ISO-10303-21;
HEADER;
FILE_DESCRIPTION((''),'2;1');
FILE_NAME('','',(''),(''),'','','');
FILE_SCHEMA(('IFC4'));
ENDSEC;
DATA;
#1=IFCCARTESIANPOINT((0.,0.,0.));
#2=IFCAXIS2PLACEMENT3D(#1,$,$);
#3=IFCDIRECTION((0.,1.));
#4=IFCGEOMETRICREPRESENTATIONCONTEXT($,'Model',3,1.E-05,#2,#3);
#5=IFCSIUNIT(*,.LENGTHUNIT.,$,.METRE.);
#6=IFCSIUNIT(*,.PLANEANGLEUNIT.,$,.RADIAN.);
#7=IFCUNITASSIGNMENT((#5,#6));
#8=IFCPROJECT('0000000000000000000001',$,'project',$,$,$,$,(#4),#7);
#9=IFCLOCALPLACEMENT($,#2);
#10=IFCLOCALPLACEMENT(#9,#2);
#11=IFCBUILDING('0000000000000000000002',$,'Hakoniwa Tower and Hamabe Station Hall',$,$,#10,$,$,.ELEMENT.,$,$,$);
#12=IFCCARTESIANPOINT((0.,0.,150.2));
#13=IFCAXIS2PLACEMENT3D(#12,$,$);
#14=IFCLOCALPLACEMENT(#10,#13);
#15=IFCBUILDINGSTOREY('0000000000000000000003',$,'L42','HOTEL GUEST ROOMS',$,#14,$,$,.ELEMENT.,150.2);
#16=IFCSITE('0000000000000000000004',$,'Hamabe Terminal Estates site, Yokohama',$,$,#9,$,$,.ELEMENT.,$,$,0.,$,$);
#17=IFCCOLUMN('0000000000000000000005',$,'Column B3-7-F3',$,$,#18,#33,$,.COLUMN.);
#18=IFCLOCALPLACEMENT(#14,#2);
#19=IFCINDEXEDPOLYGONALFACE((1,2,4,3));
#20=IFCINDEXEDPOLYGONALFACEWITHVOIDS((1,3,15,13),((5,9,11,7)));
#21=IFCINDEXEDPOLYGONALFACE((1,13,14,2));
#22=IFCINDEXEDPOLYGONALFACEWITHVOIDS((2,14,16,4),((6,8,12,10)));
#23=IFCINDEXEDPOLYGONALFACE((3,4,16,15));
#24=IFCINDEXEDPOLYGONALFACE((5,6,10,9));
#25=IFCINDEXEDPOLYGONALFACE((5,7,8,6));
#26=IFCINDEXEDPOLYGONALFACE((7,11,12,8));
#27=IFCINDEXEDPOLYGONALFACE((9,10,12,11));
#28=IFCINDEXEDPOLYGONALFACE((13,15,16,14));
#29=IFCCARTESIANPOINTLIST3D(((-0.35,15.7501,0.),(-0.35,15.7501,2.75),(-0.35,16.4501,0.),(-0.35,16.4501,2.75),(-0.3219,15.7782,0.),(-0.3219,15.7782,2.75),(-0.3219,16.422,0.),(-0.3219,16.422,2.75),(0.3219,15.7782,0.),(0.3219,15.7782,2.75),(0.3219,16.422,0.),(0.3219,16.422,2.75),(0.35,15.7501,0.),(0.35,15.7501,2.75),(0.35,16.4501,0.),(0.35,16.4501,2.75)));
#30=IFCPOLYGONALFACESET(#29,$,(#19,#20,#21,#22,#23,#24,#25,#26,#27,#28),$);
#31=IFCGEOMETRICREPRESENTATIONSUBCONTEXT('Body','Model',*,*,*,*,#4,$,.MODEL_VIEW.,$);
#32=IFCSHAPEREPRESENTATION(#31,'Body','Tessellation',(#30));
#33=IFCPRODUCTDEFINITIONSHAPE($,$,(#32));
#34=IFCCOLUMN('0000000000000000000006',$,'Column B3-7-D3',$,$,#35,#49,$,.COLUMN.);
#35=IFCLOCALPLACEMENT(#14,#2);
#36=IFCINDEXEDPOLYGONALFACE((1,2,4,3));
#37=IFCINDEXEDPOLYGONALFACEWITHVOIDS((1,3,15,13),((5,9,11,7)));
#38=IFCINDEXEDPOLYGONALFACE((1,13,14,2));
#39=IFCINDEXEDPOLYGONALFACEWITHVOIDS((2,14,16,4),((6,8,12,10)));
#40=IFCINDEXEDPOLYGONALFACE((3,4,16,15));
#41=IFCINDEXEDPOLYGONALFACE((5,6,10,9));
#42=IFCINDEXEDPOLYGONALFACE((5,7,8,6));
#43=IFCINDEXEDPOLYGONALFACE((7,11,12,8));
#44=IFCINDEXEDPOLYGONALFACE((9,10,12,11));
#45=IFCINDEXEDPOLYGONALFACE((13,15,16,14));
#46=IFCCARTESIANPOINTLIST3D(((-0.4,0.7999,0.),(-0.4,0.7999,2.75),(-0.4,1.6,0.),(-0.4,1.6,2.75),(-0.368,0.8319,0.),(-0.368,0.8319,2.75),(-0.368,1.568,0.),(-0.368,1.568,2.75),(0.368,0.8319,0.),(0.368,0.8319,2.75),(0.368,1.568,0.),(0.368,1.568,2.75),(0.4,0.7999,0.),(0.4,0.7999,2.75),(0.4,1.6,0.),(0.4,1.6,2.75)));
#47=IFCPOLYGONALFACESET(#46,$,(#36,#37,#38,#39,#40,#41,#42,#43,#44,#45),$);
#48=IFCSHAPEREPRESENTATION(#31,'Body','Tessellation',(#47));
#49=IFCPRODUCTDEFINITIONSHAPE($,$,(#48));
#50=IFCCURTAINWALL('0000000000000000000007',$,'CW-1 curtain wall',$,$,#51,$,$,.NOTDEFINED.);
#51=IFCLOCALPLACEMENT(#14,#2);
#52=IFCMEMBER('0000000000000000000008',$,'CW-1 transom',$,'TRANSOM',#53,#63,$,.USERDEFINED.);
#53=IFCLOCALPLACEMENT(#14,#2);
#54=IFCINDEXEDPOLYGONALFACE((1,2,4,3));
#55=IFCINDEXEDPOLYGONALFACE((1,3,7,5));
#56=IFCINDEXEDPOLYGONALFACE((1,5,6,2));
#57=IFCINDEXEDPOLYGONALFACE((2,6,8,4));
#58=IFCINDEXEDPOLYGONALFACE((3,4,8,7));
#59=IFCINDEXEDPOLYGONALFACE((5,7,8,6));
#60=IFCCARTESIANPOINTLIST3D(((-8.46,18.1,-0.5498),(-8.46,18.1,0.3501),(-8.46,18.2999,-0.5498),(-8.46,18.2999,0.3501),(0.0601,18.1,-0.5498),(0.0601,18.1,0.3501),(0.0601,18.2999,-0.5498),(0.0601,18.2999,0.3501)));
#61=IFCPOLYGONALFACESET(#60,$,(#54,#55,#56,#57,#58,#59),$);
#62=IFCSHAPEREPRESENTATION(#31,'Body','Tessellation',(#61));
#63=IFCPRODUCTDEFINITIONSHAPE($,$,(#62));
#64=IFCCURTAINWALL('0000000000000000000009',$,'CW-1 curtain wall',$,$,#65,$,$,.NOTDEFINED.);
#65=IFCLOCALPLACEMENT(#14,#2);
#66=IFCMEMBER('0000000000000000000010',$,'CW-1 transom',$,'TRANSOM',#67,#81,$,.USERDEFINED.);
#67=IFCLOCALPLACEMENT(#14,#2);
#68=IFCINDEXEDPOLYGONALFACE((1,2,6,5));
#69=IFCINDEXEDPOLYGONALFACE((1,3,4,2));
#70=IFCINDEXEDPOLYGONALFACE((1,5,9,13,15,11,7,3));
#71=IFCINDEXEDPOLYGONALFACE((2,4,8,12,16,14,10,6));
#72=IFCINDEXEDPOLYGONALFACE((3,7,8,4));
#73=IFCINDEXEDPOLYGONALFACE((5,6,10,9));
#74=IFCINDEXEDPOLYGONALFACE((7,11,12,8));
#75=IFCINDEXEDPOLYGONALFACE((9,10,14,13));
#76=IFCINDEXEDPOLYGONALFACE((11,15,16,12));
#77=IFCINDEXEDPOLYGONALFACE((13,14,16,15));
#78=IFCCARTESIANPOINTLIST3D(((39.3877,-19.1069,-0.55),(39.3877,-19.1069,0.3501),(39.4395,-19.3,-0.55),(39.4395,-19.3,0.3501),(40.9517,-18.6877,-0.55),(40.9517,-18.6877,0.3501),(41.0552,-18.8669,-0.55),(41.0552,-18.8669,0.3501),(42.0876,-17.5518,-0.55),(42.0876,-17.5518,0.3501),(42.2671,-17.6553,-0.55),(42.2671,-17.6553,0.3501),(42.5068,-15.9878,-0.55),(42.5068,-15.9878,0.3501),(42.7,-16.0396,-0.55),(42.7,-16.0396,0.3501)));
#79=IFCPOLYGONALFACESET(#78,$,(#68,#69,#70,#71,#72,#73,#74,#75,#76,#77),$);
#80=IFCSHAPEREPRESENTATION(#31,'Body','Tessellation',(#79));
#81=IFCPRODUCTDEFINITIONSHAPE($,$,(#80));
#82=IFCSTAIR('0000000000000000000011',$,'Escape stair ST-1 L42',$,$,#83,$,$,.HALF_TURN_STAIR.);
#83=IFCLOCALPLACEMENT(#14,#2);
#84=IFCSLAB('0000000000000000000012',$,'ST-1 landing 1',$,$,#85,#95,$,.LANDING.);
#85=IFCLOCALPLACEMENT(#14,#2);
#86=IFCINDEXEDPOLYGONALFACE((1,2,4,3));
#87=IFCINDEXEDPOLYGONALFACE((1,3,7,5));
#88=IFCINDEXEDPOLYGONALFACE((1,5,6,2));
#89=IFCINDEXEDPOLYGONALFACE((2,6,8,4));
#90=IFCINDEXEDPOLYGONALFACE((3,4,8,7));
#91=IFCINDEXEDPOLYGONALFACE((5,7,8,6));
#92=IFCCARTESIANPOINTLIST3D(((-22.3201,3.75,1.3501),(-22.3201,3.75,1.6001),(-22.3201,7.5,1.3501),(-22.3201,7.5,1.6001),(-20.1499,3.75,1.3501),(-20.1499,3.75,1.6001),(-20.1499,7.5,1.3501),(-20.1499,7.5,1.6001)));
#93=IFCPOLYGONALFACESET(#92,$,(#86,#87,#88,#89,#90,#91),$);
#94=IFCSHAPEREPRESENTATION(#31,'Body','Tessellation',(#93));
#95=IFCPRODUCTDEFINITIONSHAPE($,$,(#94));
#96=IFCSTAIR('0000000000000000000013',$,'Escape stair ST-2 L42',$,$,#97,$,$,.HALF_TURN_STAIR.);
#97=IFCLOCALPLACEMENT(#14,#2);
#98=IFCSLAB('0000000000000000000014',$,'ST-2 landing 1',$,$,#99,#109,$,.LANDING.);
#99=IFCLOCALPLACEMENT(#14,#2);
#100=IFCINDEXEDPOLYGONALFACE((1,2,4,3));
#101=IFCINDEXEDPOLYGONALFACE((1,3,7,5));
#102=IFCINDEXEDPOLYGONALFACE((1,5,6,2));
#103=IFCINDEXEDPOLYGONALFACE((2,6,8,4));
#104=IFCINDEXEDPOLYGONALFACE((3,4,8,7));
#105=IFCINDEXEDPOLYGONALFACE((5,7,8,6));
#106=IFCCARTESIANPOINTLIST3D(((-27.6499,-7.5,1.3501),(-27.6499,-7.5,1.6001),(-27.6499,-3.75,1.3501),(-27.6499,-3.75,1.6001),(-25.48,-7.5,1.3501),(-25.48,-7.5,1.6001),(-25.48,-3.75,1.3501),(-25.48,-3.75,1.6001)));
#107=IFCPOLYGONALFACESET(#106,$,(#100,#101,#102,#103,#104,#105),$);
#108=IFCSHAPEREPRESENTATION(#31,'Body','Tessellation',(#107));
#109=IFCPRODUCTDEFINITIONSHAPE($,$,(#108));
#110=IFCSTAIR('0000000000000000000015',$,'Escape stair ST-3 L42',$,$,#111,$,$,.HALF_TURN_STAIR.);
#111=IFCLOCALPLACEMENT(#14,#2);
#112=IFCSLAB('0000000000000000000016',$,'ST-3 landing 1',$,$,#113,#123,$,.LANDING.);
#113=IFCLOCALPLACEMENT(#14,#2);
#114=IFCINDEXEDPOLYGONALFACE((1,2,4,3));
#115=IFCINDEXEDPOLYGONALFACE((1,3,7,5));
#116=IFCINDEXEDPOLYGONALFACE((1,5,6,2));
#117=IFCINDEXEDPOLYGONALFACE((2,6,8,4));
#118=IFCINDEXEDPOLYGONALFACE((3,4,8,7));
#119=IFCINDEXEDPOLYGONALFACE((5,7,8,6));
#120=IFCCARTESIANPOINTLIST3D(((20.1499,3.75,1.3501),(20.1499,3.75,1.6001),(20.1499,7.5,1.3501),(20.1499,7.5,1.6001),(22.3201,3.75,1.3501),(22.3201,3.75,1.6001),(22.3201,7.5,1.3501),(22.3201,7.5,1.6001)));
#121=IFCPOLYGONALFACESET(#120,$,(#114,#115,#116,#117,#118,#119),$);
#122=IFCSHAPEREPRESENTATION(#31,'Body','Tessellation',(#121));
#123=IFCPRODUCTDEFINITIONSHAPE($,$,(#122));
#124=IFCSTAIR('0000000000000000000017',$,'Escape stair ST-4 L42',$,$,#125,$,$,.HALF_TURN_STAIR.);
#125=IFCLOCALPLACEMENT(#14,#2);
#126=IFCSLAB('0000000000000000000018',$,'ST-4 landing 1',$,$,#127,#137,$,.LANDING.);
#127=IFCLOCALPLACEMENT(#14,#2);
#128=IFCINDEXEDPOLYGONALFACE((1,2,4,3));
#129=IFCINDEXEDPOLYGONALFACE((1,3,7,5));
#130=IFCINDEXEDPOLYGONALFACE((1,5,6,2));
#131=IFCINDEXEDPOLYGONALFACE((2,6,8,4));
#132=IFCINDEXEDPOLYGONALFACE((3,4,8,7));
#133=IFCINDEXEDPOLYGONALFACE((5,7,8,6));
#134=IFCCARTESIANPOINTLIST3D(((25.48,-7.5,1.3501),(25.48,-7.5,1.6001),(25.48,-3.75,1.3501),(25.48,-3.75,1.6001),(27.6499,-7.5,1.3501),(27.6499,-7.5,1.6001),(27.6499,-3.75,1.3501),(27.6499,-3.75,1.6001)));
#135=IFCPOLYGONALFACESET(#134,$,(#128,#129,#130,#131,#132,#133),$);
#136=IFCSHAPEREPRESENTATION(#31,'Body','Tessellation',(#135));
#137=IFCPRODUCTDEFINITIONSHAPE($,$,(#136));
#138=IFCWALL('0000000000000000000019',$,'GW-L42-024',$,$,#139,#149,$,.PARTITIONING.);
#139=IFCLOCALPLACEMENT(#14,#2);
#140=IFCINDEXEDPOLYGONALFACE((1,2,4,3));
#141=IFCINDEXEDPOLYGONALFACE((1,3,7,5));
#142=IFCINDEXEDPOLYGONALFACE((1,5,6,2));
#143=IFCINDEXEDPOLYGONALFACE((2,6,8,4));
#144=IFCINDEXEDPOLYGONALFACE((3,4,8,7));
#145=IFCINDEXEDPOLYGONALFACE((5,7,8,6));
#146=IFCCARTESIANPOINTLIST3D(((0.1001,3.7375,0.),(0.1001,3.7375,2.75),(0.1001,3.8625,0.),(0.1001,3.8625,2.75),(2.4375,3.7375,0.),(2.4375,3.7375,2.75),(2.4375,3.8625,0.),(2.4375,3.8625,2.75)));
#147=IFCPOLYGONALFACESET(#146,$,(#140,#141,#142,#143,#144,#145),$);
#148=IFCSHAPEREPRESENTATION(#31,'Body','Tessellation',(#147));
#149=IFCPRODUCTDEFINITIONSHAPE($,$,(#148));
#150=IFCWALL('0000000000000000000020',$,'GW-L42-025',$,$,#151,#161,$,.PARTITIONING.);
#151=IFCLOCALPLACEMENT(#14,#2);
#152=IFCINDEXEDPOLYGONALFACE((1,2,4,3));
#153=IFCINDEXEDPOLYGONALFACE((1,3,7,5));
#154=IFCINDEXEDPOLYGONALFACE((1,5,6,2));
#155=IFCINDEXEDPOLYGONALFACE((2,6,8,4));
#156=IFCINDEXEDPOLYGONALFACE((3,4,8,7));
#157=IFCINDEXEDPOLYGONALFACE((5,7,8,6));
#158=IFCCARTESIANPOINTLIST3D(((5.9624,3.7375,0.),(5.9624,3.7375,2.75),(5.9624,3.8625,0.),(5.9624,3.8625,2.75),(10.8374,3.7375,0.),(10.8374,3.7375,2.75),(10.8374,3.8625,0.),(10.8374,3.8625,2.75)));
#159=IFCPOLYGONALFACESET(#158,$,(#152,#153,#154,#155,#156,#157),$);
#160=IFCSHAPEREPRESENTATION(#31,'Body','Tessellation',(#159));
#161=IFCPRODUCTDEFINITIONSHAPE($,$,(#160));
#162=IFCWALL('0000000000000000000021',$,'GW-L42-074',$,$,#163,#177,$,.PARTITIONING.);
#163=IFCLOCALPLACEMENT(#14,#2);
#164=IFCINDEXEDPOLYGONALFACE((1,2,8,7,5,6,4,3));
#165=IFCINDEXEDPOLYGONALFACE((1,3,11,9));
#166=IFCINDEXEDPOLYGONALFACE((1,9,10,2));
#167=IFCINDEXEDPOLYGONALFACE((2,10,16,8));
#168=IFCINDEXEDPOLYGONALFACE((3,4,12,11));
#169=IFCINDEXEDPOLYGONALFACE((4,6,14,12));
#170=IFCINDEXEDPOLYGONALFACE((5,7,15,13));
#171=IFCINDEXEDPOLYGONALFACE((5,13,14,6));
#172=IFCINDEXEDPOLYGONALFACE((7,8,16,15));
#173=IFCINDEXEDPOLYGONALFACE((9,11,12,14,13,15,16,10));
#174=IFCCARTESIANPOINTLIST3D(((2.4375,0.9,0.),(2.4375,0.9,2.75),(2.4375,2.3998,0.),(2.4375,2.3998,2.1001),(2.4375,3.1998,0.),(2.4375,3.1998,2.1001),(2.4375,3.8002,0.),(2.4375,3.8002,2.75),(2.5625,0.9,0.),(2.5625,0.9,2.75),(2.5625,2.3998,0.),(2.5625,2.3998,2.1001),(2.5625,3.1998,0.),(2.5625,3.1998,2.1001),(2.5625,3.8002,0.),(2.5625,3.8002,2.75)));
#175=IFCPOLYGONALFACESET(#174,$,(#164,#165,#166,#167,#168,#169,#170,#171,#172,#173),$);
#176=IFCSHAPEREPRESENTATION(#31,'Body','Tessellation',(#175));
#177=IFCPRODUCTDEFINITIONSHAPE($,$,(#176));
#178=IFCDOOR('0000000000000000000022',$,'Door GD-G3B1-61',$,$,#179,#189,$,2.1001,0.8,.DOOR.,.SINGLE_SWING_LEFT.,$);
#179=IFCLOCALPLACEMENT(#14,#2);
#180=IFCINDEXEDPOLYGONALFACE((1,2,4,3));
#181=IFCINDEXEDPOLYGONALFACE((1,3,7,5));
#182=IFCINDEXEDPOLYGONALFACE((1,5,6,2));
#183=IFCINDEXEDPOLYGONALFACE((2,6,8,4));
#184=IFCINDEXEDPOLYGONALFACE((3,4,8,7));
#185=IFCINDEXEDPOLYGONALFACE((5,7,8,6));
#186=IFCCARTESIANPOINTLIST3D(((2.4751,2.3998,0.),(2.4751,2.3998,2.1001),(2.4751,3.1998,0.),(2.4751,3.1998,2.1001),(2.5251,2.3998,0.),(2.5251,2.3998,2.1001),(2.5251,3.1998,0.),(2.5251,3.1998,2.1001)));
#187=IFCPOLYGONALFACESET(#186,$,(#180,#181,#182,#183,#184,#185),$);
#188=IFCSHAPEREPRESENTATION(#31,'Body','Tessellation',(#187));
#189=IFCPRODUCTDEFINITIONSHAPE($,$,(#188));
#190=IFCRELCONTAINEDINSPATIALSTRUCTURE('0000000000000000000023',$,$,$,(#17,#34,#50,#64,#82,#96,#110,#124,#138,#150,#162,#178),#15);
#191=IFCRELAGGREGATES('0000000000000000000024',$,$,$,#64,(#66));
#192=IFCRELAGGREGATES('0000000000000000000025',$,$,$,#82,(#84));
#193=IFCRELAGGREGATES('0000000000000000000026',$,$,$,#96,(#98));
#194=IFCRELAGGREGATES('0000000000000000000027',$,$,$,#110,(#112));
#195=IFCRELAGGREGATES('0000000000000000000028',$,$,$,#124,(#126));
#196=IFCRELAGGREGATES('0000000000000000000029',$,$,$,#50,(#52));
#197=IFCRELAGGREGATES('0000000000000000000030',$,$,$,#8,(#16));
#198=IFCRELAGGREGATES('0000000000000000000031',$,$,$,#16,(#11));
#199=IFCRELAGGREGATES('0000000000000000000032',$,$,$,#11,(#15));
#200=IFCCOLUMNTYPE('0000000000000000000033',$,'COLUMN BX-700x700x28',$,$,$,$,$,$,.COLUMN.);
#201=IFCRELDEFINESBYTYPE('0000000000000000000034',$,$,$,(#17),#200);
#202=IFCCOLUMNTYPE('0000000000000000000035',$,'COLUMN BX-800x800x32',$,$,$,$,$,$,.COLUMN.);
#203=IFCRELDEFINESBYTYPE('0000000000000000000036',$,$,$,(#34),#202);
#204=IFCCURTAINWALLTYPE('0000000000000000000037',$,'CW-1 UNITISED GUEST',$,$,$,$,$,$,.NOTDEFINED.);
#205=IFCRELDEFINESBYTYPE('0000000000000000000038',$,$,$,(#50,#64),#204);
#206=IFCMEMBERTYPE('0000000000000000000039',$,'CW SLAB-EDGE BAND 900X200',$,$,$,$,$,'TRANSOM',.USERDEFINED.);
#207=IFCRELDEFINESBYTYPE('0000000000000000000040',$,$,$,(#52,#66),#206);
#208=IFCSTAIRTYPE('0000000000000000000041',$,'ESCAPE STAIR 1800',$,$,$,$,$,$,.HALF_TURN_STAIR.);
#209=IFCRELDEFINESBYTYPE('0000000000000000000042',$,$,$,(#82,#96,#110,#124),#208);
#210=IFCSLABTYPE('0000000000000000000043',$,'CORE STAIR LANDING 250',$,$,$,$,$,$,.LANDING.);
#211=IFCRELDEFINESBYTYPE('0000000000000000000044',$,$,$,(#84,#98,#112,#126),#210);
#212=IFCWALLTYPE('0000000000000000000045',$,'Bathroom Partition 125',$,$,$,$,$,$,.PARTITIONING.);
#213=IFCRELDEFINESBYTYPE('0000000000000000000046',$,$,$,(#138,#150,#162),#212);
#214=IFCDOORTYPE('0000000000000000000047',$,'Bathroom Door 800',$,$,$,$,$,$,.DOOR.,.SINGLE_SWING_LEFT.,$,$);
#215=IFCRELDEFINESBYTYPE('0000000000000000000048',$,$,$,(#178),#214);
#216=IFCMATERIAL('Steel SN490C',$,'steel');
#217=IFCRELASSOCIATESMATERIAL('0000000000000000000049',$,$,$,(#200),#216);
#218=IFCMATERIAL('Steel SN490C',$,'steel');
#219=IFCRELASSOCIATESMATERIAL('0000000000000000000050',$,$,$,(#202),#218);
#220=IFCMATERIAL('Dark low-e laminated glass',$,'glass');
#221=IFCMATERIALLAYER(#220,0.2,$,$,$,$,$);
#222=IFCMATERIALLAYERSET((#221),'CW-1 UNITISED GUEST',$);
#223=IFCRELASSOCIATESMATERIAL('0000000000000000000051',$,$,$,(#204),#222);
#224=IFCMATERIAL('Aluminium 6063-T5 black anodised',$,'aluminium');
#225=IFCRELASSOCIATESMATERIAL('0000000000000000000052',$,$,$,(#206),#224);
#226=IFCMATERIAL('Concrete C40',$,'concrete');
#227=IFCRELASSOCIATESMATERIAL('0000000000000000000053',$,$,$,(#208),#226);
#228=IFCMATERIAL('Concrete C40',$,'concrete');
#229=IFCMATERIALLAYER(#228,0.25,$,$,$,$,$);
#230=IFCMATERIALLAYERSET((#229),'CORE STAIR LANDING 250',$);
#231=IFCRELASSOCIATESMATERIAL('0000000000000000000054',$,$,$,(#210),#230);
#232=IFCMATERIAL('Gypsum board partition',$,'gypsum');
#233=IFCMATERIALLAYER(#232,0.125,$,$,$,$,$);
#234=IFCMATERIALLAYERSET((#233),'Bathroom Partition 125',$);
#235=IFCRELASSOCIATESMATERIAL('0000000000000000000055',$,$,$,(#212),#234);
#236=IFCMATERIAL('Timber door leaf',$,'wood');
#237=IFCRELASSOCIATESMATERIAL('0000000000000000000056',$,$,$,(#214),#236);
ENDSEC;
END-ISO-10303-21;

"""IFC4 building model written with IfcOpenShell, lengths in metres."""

from ifc_helpers import new_model, si_unit, direction, frame, frame_2d, origin, origin_2d, place, context, subcontext, project, spatial, polyline, rectangle, hollow_rectangle, outline, extrude, material, layer, layer_set, material_profile, profile_set, type_object, element, fill, aggregate, save


model = new_model("IFC4")

# Units and contexts
model_context = context("Model", 3, precision=1e-05, world=origin(), true_north=direction((0.0, 1.0)))
body_context = subcontext(model_context, "Body", "Model", "MODEL_VIEW")
ifc_project = project(units=[si_unit("LENGTHUNIT", "METRE"), si_unit("PLANEANGLEUNIT", "RADIAN")], contexts=[model_context])

# Site, building, storey
site_placement = place(None, origin())
site = spatial("IfcSite", under=ifc_project, at=site_placement, Name="Hamabe Terminal Estates site, Yokohama", CompositionType="ELEMENT", RefElevation=0.0)
building_placement = place(site_placement, origin())
building = spatial("IfcBuilding", under=site, at=building_placement, Name="Hakoniwa Tower and Hamabe Station Hall", CompositionType="ELEMENT")
storey_placement = place(building_placement, frame((0.0, 0.0, 150.2)))
storey = spatial("IfcBuildingStorey", under=building, at=storey_placement, Name="L42", Description="HOTEL GUEST ROOMS", CompositionType="ELEMENT", Elevation=150.2)

# Columns
ifc_material_1 = material(Name="Steel SN490C", Category="steel")
ifc_material_profile_1 = material_profile(ifc_material_1, hollow_rectangle(XDim=0.7, YDim=0.7, WallThickness=0.0281, at=origin_2d()), Name="BX-700x700x28")
ifc_profile_set_1 = profile_set([ifc_material_profile_1], Name="Steel SN490C")
column_type_1 = type_object("IfcColumnType", Name="COLUMN BX-700x700x28", PredefinedType="COLUMN", material=ifc_profile_set_1)
column_1_placement = place(storey_placement, frame((0.0, 16.1001, 0.0), z_axis=(0.0, 0.0, 1.0), x_axis=(1.0, 0.0, 0.0)))
element("IfcColumn", 1, at=column_1_placement, inside=storey, type_object=column_type_1, Name="Column B3-7-F3", PredefinedType="COLUMN", context=body_context, shape_type="SweptSolid", body=[
    extrude(hollow_rectangle(XDim=0.7, YDim=0.7, WallThickness=0.0281, at=origin_2d()), origin(), (0.0, 0.0, 1.0), 2.75),
])
ifc_material_2 = material(Name="Steel SN490C", Category="steel")
ifc_material_profile_2 = material_profile(ifc_material_2, hollow_rectangle(XDim=0.8, YDim=0.8, WallThickness=0.032, at=origin_2d()), Name="BX-800x800x32")
ifc_profile_set_2 = profile_set([ifc_material_profile_2], Name="Steel SN490C")
column_type_2 = type_object("IfcColumnType", Name="COLUMN BX-800x800x32", PredefinedType="COLUMN", material=ifc_profile_set_2)
column_2_placement = place(storey_placement, frame((0.0, 1.2, 0.0), z_axis=(0.0, 0.0, 1.0), x_axis=(1.0, 0.0, 0.0)))
element("IfcColumn", 2, at=column_2_placement, inside=storey, type_object=column_type_2, Name="Column B3-7-D3", PredefinedType="COLUMN", context=body_context, shape_type="SweptSolid", body=[
    extrude(hollow_rectangle(XDim=0.8, YDim=0.8, WallThickness=0.032, at=origin_2d()), origin(), (0.0, 0.0, 1.0), 2.75),
])

# Curtain walls, members
ifc_material_3 = material(Name="Dark low-e laminated glass", Category="glass")
ifc_layer_1 = layer(ifc_material_3, 0.2)
ifc_layer_set_1 = layer_set([ifc_layer_1], Name="CW-1 UNITISED GUEST")
curtain_wall_type = type_object("IfcCurtainWallType", Name="CW-1 UNITISED GUEST", PredefinedType="NOTDEFINED", material=ifc_layer_set_1)
curtain_wall_1_placement = place(storey_placement, origin())
curtain_wall_1 = element("IfcCurtainWall", 3, at=curtain_wall_1_placement, inside=storey, type_object=curtain_wall_type, Name="CW-1 curtain wall", PredefinedType="NOTDEFINED")
ifc_material_4 = material(Name="Aluminium 6063-T5 black anodised", Category="aluminium")
ifc_material_profile_3 = material_profile(ifc_material_4, rectangle(XDim=0.2, YDim=0.8999, at=origin_2d()), Name="CW SLAB-EDGE BAND 900X200")
ifc_profile_set_3 = profile_set([ifc_material_profile_3], Name="Aluminium 6063-T5 black anodised")
member_type = type_object("IfcMemberType", Name="CW SLAB-EDGE BAND 900X200", ElementType="TRANSOM", PredefinedType="USERDEFINED", material=ifc_profile_set_3)
member_1_placement = place(storey_placement, frame((0.0601, 18.2, -0.0999), z_axis=(-1.0, 0.0, 0.0), x_axis=(0.0, -1.0, 0.0)))
member_1 = element("IfcMember", 4, at=member_1_placement, type_object=member_type, Name="CW-1 transom", ObjectType="TRANSOM", PredefinedType="USERDEFINED", context=body_context, shape_type="SweptSolid", body=[
    extrude(rectangle(XDim=0.2, YDim=0.8999, at=origin_2d()), origin(), (0.0, 0.0, 1.0), 8.52),
])
curtain_wall_2_placement = place(storey_placement, origin())
curtain_wall_2 = element("IfcCurtainWall", 5, at=curtain_wall_2_placement, inside=storey, type_object=curtain_wall_type, Name="CW-1 curtain wall", PredefinedType="NOTDEFINED")
member_2_placement = place(storey_placement, frame((0.0, 0.0, -0.55)))
member_2 = element("IfcMember", 6, at=member_2_placement, type_object=member_type, Name="CW-1 transom", ObjectType="TRANSOM", PredefinedType="USERDEFINED", context=body_context, shape_type="SweptSolid", body=[
    extrude(outline(polyline([(39.4395, -19.3), (41.0552, -18.8669), (42.2671, -17.6553), (42.7, -16.0396), (42.5068, -15.9878), (42.0876, -17.5518), (40.9517, -18.6877), (39.3877, -19.1069), (39.4395, -19.3)])), origin(), (0.0, 0.0, 1.0), 0.9001),
])
aggregate(curtain_wall_2, [member_2])

# Stairs, slabs
ifc_material_5 = material(Name="Concrete C40", Category="concrete")
stair_type = type_object("IfcStairType", Name="ESCAPE STAIR 1800", PredefinedType="HALF_TURN_STAIR", material=ifc_material_5)
stair_1_placement = place(storey_placement, origin())
stair_1 = element("IfcStair", 7, at=stair_1_placement, inside=storey, type_object=stair_type, Name="Escape stair ST-1 L42", PredefinedType="HALF_TURN_STAIR")
ifc_material_6 = material(Name="Concrete C40", Category="concrete")
ifc_layer_2 = layer(ifc_material_6, 0.25)
ifc_layer_set_2 = layer_set([ifc_layer_2], Name="CORE STAIR LANDING 250")
slab_type = type_object("IfcSlabType", Name="CORE STAIR LANDING 250", PredefinedType="LANDING", material=ifc_layer_set_2)
slab_1_placement = place(storey_placement, frame((0.0, 0.0, 1.3501)))
slab_1 = element("IfcSlab", 8, at=slab_1_placement, type_object=slab_type, Name="ST-1 landing 1", PredefinedType="LANDING", context=body_context, shape_type="SweptSolid", body=[
    extrude(outline(polyline([(-22.3201, 3.75), (-20.1499, 3.75), (-20.1499, 7.5), (-22.3201, 7.5), (-22.3201, 3.75)])), origin(), (0.0, 0.0, 1.0), 0.25),
])
aggregate(stair_1, [slab_1])
stair_2_placement = place(storey_placement, origin())
stair_2 = element("IfcStair", 9, at=stair_2_placement, inside=storey, type_object=stair_type, Name="Escape stair ST-2 L42", PredefinedType="HALF_TURN_STAIR")
slab_2_placement = place(storey_placement, frame((0.0, 0.0, 1.3501)))
slab_2 = element("IfcSlab", 10, at=slab_2_placement, type_object=slab_type, Name="ST-2 landing 1", PredefinedType="LANDING", context=body_context, shape_type="SweptSolid", body=[
    extrude(outline(polyline([(-25.48, -7.5), (-27.6499, -7.5), (-27.6499, -3.75), (-25.48, -3.75), (-25.48, -7.5)])), origin(), (0.0, 0.0, 1.0), 0.25),
])
aggregate(stair_2, [slab_2])
stair_3_placement = place(storey_placement, origin())
stair_3 = element("IfcStair", 11, at=stair_3_placement, inside=storey, type_object=stair_type, Name="Escape stair ST-3 L42", PredefinedType="HALF_TURN_STAIR")
slab_3_placement = place(storey_placement, frame((0.0, 0.0, 1.3501)))
slab_3 = element("IfcSlab", 12, at=slab_3_placement, type_object=slab_type, Name="ST-3 landing 1", PredefinedType="LANDING", context=body_context, shape_type="SweptSolid", body=[
    extrude(outline(polyline([(22.3201, 3.75), (20.1499, 3.75), (20.1499, 7.5), (22.3201, 7.5), (22.3201, 3.75)])), origin(), (0.0, 0.0, 1.0), 0.25),
])
aggregate(stair_3, [slab_3])
stair_4_placement = place(storey_placement, origin())
stair_4 = element("IfcStair", 13, at=stair_4_placement, inside=storey, type_object=stair_type, Name="Escape stair ST-4 L42", PredefinedType="HALF_TURN_STAIR")
slab_4_placement = place(storey_placement, frame((0.0, 0.0, 1.3501)))
slab_4 = element("IfcSlab", 14, at=slab_4_placement, type_object=slab_type, Name="ST-4 landing 1", PredefinedType="LANDING", context=body_context, shape_type="SweptSolid", body=[
    extrude(outline(polyline([(25.48, -7.5), (27.6499, -7.5), (27.6499, -3.75), (25.48, -3.75), (25.48, -7.5)])), origin(), (0.0, 0.0, 1.0), 0.25),
])
aggregate(stair_4, [slab_4])

# Walls
ifc_material_7 = material(Name="Gypsum board partition", Category="gypsum")
ifc_layer_3 = layer(ifc_material_7, 0.125)
ifc_layer_set_3 = layer_set([ifc_layer_3], Name="Bathroom Partition 125")
wall_type_1 = type_object("IfcWallType", Name="Bathroom Partition 125", PredefinedType="PARTITIONING", material=ifc_layer_set_3)
wall_1_placement = place(storey_placement, frame((0.1001, 3.8, 0.0), z_axis=(0.0, 0.0, 1.0), x_axis=(1.0, 0.0, 0.0)))
element("IfcWall", 15, at=wall_1_placement, inside=storey, type_object=wall_type_1, Name="GW-L42-024", PredefinedType="PARTITIONING", context=body_context, shape_type="SweptSolid", body=[
    extrude(rectangle(XDim=2.3374, YDim=0.125, at=frame_2d((1.1687, 0.0))), origin(), (0.0, 0.0, 1.0), 2.75),
])
wall_2_placement = place(storey_placement, frame((5.9624, 3.8, 0.0), z_axis=(0.0, 0.0, 1.0), x_axis=(1.0, 0.0, 0.0)))
element("IfcWall", 16, at=wall_2_placement, inside=storey, type_object=wall_type_1, Name="GW-L42-025", PredefinedType="PARTITIONING", context=body_context, shape_type="SweptSolid", body=[
    extrude(rectangle(XDim=4.875, YDim=0.125, at=frame_2d((2.4375, 0.0))), origin(), (0.0, 0.0, 1.0), 2.75),
])

# Wall, opening, door
wall_3_placement = place(storey_placement, frame((2.5, 0.8999, 0.0), z_axis=(0.0, 0.0, 1.0), x_axis=(0.0, 1.0, 0.0)))
wall_3 = element("IfcWall", 17, at=wall_3_placement, inside=storey, type_object=wall_type_1, Name="GW-L42-074", PredefinedType="PARTITIONING", context=body_context, shape_type="SweptSolid", body=[
    extrude(rectangle(XDim=2.9001, YDim=0.125, at=frame_2d((1.4502, 0.0))), origin(), (0.0, 0.0, 1.0), 2.75),
])
opening_1_placement = place(wall_3_placement, frame((1.5, 0.0, 0.0)))
opening_1 = element("IfcOpeningElement", 18, at=opening_1_placement, cuts=wall_3, PredefinedType="OPENING", context=body_context, shape_type="SweptSolid", body=[
    extrude(rectangle(XDim=0.8, YDim=2.1001, at=frame_2d((0.3999, 1.05))), frame((0.0, 0.0725, 0.0), z_axis=(0.0, -1.0, 0.0), x_axis=(1.0, 0.0, 0.0)), (0.0, 0.0, 1.0), 0.145),
])
ifc_material_8 = material(Name="Timber door leaf", Category="wood")
door_type_1 = type_object("IfcDoorType", Name="Bathroom Door 800", OperationType="SINGLE_SWING_LEFT", PredefinedType="DOOR", material=ifc_material_8)
door_1_placement = place(opening_1_placement, origin())
door_1 = element("IfcDoor", 19, at=door_1_placement, inside=storey, type_object=door_type_1, Name="Door GD-G3B1-61", OperationType="SINGLE_SWING_LEFT", OverallHeight=2.1001, OverallWidth=0.8, PredefinedType="DOOR", context=body_context, shape_type="SweptSolid", body=[
    extrude(rectangle(XDim=0.8, YDim=2.1001, at=frame_2d((0.3999, 1.05))), frame((0.0, 0.0249, 0.0), z_axis=(0.0, -1.0, 0.0), x_axis=(1.0, 0.0, 0.0)), (0.0, 0.0, 1.0), 0.05),
])
fill(opening_1, door_1)
aggregate(curtain_wall_1, [member_1])

save(model, "model.ifc")
